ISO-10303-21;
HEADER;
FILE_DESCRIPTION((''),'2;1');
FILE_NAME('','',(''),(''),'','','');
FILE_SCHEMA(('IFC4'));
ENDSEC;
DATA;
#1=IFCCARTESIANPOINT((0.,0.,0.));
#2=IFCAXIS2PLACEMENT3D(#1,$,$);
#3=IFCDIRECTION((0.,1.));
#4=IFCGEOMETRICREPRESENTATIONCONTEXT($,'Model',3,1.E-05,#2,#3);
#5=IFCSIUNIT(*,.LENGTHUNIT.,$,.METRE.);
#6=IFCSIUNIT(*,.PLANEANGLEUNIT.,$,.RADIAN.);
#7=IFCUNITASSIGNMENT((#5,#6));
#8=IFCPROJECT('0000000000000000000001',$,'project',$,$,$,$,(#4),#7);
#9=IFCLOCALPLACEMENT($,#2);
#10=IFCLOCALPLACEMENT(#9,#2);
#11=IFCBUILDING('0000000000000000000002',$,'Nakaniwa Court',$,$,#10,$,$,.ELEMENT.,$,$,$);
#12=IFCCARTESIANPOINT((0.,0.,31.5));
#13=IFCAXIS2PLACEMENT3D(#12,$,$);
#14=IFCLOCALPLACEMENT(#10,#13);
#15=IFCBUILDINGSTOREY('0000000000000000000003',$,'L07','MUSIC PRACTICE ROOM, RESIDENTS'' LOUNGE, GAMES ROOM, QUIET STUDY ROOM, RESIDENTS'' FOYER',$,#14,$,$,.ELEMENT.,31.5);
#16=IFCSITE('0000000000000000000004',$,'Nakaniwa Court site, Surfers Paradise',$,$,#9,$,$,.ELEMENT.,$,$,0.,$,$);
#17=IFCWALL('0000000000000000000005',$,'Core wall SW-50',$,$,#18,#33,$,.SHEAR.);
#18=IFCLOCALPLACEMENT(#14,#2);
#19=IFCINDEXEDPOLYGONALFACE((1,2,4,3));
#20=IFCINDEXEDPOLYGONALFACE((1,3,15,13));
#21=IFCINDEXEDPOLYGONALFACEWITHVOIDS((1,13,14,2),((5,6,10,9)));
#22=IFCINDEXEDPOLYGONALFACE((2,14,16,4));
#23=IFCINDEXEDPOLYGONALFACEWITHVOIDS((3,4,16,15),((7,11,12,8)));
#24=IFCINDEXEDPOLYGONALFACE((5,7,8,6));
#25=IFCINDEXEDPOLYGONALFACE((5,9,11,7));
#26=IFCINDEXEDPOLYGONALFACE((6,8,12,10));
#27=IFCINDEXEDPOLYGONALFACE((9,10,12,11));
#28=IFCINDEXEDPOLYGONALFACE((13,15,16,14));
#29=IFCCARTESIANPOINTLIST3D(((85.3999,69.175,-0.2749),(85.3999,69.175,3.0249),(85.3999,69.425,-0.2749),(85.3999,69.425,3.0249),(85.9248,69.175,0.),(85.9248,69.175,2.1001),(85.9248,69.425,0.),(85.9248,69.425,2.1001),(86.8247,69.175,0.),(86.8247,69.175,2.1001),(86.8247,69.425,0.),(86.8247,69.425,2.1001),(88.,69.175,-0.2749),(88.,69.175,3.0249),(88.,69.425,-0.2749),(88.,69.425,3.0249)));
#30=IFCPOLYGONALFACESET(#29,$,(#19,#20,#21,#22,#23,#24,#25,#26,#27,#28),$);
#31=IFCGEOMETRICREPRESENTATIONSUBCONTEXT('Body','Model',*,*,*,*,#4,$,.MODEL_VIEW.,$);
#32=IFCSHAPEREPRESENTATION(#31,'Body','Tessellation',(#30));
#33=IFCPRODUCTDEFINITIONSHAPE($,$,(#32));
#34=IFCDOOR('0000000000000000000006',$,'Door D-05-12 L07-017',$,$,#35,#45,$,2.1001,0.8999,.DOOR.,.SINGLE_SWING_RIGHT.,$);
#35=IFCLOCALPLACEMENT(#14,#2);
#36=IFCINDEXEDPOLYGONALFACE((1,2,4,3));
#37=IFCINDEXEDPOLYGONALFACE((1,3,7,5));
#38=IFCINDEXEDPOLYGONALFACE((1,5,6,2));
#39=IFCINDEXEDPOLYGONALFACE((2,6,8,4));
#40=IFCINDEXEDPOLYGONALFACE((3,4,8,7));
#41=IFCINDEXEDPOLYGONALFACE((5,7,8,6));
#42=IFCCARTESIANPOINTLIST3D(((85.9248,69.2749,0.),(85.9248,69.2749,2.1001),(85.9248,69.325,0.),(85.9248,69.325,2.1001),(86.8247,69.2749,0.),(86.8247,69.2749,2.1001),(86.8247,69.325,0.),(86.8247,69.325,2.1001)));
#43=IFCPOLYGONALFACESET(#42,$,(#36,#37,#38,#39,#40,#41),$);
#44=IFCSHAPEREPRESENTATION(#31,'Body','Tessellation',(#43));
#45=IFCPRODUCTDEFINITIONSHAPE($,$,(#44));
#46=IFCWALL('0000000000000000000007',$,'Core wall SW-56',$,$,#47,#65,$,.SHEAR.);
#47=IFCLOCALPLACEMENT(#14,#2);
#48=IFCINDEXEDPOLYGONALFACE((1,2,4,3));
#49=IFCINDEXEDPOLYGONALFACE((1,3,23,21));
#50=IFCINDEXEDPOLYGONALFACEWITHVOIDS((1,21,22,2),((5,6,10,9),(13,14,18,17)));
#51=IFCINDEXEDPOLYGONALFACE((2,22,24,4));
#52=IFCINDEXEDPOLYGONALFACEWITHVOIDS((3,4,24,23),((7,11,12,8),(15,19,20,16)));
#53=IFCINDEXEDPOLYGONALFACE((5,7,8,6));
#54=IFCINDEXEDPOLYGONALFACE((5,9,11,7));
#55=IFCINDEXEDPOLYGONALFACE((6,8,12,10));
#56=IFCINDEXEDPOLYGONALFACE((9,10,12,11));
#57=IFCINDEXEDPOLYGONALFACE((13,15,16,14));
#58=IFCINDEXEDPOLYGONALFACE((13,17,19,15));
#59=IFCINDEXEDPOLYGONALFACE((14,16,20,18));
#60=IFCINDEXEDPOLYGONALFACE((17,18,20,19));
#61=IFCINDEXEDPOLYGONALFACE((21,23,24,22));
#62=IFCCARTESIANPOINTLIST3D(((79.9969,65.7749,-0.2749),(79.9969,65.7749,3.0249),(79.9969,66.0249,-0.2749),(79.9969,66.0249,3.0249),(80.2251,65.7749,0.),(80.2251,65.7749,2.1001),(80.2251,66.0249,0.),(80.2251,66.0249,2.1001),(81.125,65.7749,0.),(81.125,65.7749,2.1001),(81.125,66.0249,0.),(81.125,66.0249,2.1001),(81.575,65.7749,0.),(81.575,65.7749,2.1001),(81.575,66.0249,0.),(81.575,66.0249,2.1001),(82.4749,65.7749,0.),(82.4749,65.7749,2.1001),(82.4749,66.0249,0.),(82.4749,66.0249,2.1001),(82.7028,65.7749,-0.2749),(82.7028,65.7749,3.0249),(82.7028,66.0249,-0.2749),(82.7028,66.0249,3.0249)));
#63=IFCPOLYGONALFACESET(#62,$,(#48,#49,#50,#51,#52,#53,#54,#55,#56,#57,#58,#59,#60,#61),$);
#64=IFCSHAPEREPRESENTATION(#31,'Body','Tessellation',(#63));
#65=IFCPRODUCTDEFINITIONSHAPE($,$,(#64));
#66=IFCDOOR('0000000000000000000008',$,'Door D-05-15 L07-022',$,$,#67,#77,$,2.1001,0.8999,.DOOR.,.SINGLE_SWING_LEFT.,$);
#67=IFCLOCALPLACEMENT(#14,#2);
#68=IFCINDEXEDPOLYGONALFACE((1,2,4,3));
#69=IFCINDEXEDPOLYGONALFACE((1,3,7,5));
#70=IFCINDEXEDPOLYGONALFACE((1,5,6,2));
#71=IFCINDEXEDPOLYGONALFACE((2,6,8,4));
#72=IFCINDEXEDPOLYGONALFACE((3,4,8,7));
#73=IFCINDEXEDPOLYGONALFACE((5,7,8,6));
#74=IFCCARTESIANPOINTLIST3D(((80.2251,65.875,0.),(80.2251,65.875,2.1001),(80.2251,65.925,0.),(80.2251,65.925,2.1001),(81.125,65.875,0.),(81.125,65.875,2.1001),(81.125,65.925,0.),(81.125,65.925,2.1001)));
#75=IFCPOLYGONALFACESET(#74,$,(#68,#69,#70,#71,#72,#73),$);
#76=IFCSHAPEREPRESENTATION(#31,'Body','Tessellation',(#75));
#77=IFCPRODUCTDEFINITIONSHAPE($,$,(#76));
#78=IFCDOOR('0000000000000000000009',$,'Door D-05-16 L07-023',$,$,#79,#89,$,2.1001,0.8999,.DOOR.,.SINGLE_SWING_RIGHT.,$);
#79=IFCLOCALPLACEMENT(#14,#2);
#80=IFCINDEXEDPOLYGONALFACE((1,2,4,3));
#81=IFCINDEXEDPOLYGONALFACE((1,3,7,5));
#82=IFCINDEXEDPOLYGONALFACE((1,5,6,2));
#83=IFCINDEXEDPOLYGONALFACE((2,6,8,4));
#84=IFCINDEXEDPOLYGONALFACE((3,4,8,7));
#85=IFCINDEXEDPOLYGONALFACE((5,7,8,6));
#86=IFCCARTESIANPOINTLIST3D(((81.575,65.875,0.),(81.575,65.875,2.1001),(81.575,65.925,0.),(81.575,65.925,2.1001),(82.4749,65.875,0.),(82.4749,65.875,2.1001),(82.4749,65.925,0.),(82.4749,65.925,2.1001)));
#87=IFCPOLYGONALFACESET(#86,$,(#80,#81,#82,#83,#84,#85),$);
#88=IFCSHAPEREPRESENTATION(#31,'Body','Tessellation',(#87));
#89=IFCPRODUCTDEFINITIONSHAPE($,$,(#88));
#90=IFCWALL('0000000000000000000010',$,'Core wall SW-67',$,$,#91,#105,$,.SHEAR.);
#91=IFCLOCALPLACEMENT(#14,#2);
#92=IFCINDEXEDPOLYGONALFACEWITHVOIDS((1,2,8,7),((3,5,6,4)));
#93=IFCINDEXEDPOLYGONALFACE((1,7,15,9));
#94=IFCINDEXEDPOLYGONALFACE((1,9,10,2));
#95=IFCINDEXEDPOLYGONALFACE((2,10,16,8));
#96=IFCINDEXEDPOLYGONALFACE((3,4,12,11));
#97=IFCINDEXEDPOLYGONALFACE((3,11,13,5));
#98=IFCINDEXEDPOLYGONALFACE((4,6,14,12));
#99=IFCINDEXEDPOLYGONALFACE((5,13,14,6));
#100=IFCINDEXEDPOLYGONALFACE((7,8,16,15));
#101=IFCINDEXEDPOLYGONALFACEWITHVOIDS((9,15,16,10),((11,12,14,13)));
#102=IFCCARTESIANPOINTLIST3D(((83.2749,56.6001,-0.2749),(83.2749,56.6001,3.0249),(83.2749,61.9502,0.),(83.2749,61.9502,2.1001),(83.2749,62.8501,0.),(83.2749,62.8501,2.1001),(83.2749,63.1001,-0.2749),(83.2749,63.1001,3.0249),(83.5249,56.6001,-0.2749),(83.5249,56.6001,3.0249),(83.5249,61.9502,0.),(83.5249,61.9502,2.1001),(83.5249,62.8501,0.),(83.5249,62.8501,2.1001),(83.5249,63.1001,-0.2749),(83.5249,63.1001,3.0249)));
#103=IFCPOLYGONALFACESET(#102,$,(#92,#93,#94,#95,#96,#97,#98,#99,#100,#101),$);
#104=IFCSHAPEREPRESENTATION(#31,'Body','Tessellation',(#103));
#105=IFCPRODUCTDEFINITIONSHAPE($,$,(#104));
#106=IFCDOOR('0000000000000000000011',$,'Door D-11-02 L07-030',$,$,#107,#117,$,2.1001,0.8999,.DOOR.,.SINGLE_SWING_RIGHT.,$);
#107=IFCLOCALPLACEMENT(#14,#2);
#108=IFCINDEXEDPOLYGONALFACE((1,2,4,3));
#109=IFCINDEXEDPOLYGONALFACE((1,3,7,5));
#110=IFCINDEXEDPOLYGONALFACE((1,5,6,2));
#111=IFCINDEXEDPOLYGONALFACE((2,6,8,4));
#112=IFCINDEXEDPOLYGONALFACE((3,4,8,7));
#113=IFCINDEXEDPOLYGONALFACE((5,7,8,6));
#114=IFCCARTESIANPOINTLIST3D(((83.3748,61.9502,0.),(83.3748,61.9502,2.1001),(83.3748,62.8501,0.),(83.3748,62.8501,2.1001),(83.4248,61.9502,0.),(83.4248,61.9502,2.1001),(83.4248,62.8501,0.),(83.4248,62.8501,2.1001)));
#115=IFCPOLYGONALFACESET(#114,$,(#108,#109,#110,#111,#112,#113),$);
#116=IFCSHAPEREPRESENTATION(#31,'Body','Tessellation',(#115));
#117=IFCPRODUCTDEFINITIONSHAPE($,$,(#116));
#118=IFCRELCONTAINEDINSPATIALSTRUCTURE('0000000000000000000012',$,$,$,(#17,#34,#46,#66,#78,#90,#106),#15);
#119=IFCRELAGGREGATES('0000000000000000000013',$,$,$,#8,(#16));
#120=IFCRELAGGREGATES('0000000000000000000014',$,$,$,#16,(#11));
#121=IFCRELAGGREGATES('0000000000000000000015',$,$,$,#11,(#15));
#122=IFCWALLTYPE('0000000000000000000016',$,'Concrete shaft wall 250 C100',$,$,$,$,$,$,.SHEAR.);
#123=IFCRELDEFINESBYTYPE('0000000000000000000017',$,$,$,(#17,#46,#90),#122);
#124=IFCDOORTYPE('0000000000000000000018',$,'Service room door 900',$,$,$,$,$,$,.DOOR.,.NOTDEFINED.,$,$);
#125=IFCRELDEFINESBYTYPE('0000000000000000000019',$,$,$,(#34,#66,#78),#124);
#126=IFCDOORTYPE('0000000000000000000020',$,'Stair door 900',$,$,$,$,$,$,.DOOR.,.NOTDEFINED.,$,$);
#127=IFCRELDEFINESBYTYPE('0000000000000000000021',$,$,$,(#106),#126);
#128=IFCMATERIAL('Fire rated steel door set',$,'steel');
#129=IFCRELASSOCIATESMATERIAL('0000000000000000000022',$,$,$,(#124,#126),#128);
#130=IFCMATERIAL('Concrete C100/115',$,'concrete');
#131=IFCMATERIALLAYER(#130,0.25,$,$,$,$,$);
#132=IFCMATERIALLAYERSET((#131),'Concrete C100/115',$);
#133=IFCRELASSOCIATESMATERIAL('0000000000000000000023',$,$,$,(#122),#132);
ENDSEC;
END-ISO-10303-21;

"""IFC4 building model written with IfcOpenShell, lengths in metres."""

from ifc_helpers import new_model, si_unit, direction, frame, frame_2d, origin, place, context, subcontext, project, spatial, rectangle, extrude, material, layer, layer_set, type_object, element, fill, save


model = new_model("IFC4")

# Units and contexts
model_context = context("Model", 3, precision=1e-05, world=origin(), true_north=direction((0.0, 1.0)))
body_context = subcontext(model_context, "Body", "Model", "MODEL_VIEW")
ifc_project = project(units=[si_unit("LENGTHUNIT", "METRE"), si_unit("PLANEANGLEUNIT", "RADIAN")], contexts=[model_context])

# Site, building, storey
site_placement = place(None, origin())
site = spatial("IfcSite", under=ifc_project, at=site_placement, Name="Nakaniwa Court site, Surfers Paradise", CompositionType="ELEMENT", RefElevation=0.0)
building_placement = place(site_placement, origin())
building = spatial("IfcBuilding", under=site, at=building_placement, Name="Nakaniwa Court", CompositionType="ELEMENT")
storey_placement = place(building_placement, frame((0.0, 0.0, 31.5)))
storey = spatial("IfcBuildingStorey", under=building, at=storey_placement, Name="L07", Description="MUSIC PRACTICE ROOM, RESIDENTS' LOUNGE, GAMES ROOM, QUIET STUDY ROOM, RESIDENTS' FOYER", CompositionType="ELEMENT", Elevation=31.5)

# Shared definitions
ifc_material_1 = material(Name="Fire rated steel door set", Category="steel")
door_type_1 = type_object("IfcDoorType", Name="Service room door 900", OperationType="NOTDEFINED", PredefinedType="DOOR", material=ifc_material_1)

# Shared definitions
ifc_material_2 = material(Name="Concrete C100/115", Category="concrete")

# Shared definitions
ifc_layer_1 = layer(ifc_material_2, 0.25)
ifc_layer_set_1 = layer_set([ifc_layer_1], Name="Concrete C100/115")
wall_type_1 = type_object("IfcWallType", Name="Concrete shaft wall 250 C100", PredefinedType="SHEAR", material=ifc_layer_set_1)

# Wall, opening, door
wall_1_placement = place(storey_placement, frame((85.3999, 69.3, -0.2749), z_axis=(0.0, 0.0, 1.0), x_axis=(1.0, 0.0, 0.0)))
wall_1 = element("IfcWall", 1, at=wall_1_placement, inside=storey, type_object=wall_type_1, Name="Core wall SW-50", PredefinedType="SHEAR", context=body_context, shape_type="SweptSolid", body=[
    extrude(rectangle(XDim=2.6001, YDim=0.25, at=frame_2d((1.3, 0.0))), origin(), (0.0, 0.0, 1.0), 3.2998),
])
opening_1_placement = place(wall_1_placement, frame((0.5249, 0.0, 0.2749)))
opening_1 = element("IfcOpeningElement", 2, at=opening_1_placement, cuts=wall_1, PredefinedType="OPENING", context=body_context, shape_type="SweptSolid", body=[
    extrude(rectangle(XDim=0.8999, YDim=2.1001, at=frame_2d((0.45, 1.05))), frame((0.0, 0.135, 0.0), z_axis=(0.0, -1.0, 0.0), x_axis=(1.0, 0.0, 0.0)), (0.0, 0.0, 1.0), 0.27),
])
door_1_placement = place(opening_1_placement, origin())
door_1 = element("IfcDoor", 3, at=door_1_placement, inside=storey, type_object=door_type_1, Name="Door D-05-12 L07-017", OperationType="SINGLE_SWING_RIGHT", OverallHeight=2.1001, OverallWidth=0.8999, PredefinedType="DOOR", context=body_context, shape_type="SweptSolid", body=[
    extrude(rectangle(XDim=0.8999, YDim=2.1001, at=frame_2d((0.45, 1.05))), frame((0.0, 0.0249, 0.0), z_axis=(0.0, -1.0, 0.0), x_axis=(1.0, 0.0, 0.0)), (0.0, 0.0, 1.0), 0.05),
])
fill(opening_1, door_1)

# Wall, openings, doors
wall_2_placement = place(storey_placement, frame((82.7029, 65.8999, -0.2749), z_axis=(0.0, 0.0, 1.0), x_axis=(-1.0, 0.0, 0.0)))
wall_2 = element("IfcWall", 4, at=wall_2_placement, inside=storey, type_object=wall_type_1, Name="Core wall SW-56", PredefinedType="SHEAR", context=body_context, shape_type="SweptSolid", body=[
    extrude(rectangle(XDim=2.7058, YDim=0.25, at=frame_2d((1.353, 0.0))), origin(), (0.0, 0.0, 1.0), 3.2998),
])
opening_2_placement = place(wall_2_placement, frame((1.5779, 0.0, 0.2749)))
opening_2 = element("IfcOpeningElement", 5, at=opening_2_placement, cuts=wall_2, PredefinedType="OPENING", context=body_context, shape_type="SweptSolid", body=[
    extrude(rectangle(XDim=0.8999, YDim=2.1001, at=frame_2d((0.45, 1.05))), frame((0.0, 0.135, 0.0), z_axis=(0.0, -1.0, 0.0), x_axis=(1.0, 0.0, 0.0)), (0.0, 0.0, 1.0), 0.27),
])
opening_3_placement = place(wall_2_placement, frame((0.228, 0.0, 0.2749)))
opening_3 = element("IfcOpeningElement", 6, at=opening_3_placement, cuts=wall_2, PredefinedType="OPENING", context=body_context, shape_type="SweptSolid", body=[
    extrude(rectangle(XDim=0.8999, YDim=2.1001, at=frame_2d((0.45, 1.05))), frame((0.0, 0.135, 0.0), z_axis=(0.0, -1.0, 0.0), x_axis=(1.0, 0.0, 0.0)), (0.0, 0.0, 1.0), 0.27),
])
door_2_placement = place(opening_2_placement, origin())
door_2 = element("IfcDoor", 7, at=door_2_placement, inside=storey, type_object=door_type_1, Name="Door D-05-15 L07-022", OperationType="SINGLE_SWING_LEFT", OverallHeight=2.1001, OverallWidth=0.8999, PredefinedType="DOOR", context=body_context, shape_type="SweptSolid", body=[
    extrude(rectangle(XDim=0.8999, YDim=2.1001, at=frame_2d((0.45, 1.05))), frame((0.0, 0.0249, 0.0), z_axis=(0.0, -1.0, 0.0), x_axis=(1.0, 0.0, 0.0)), (0.0, 0.0, 1.0), 0.05),
])
fill(opening_2, door_2)
door_3_placement = place(opening_3_placement, origin())
door_3 = element("IfcDoor", 8, at=door_3_placement, inside=storey, type_object=door_type_1, Name="Door D-05-16 L07-023", OperationType="SINGLE_SWING_RIGHT", OverallHeight=2.1001, OverallWidth=0.8999, PredefinedType="DOOR", context=body_context, shape_type="SweptSolid", body=[
    extrude(rectangle(XDim=0.8999, YDim=2.1001, at=frame_2d((0.45, 1.05))), frame((0.0, 0.0249, 0.0), z_axis=(0.0, -1.0, 0.0), x_axis=(1.0, 0.0, 0.0)), (0.0, 0.0, 1.0), 0.05),
])
fill(opening_3, door_3)

# Wall, opening, door
wall_3_placement = place(storey_placement, frame((83.3999, 63.1001, -0.2749), z_axis=(0.0, 0.0, 1.0), x_axis=(0.0, -1.0, 0.0)))
wall_3 = element("IfcWall", 9, at=wall_3_placement, inside=storey, type_object=wall_type_1, Name="Core wall SW-67", PredefinedType="SHEAR", context=body_context, shape_type="SweptSolid", body=[
    extrude(rectangle(XDim=6.5, YDim=0.25, at=frame_2d((3.25, 0.0))), origin(), (0.0, 0.0, 1.0), 3.2998),
])
opening_4_placement = place(wall_3_placement, frame((0.25, 0.0, 0.2749)))
opening_4 = element("IfcOpeningElement", 10, at=opening_4_placement, cuts=wall_3, PredefinedType="OPENING", context=body_context, shape_type="SweptSolid", body=[
    extrude(rectangle(XDim=0.8999, YDim=2.1001, at=frame_2d((0.45, 1.05))), frame((0.0, 0.135, 0.0), z_axis=(0.0, -1.0, 0.0), x_axis=(1.0, 0.0, 0.0)), (0.0, 0.0, 1.0), 0.27),
])
door_type_2 = type_object("IfcDoorType", Name="Stair door 900", OperationType="NOTDEFINED", PredefinedType="DOOR", material=ifc_material_1)
door_4_placement = place(opening_4_placement, origin())
door_4 = element("IfcDoor", 11, at=door_4_placement, inside=storey, type_object=door_type_2, Name="Door D-11-02 L07-030", OperationType="SINGLE_SWING_RIGHT", OverallHeight=2.1001, OverallWidth=0.8999, PredefinedType="DOOR", context=body_context, shape_type="SweptSolid", body=[
    extrude(rectangle(XDim=0.8999, YDim=2.1001, at=frame_2d((0.45, 1.05))), frame((0.0, 0.0249, 0.0), z_axis=(0.0, -1.0, 0.0), x_axis=(1.0, 0.0, 0.0)), (0.0, 0.0, 1.0), 0.05),
])
fill(opening_4, door_4)

save(model, "model.ifc")
